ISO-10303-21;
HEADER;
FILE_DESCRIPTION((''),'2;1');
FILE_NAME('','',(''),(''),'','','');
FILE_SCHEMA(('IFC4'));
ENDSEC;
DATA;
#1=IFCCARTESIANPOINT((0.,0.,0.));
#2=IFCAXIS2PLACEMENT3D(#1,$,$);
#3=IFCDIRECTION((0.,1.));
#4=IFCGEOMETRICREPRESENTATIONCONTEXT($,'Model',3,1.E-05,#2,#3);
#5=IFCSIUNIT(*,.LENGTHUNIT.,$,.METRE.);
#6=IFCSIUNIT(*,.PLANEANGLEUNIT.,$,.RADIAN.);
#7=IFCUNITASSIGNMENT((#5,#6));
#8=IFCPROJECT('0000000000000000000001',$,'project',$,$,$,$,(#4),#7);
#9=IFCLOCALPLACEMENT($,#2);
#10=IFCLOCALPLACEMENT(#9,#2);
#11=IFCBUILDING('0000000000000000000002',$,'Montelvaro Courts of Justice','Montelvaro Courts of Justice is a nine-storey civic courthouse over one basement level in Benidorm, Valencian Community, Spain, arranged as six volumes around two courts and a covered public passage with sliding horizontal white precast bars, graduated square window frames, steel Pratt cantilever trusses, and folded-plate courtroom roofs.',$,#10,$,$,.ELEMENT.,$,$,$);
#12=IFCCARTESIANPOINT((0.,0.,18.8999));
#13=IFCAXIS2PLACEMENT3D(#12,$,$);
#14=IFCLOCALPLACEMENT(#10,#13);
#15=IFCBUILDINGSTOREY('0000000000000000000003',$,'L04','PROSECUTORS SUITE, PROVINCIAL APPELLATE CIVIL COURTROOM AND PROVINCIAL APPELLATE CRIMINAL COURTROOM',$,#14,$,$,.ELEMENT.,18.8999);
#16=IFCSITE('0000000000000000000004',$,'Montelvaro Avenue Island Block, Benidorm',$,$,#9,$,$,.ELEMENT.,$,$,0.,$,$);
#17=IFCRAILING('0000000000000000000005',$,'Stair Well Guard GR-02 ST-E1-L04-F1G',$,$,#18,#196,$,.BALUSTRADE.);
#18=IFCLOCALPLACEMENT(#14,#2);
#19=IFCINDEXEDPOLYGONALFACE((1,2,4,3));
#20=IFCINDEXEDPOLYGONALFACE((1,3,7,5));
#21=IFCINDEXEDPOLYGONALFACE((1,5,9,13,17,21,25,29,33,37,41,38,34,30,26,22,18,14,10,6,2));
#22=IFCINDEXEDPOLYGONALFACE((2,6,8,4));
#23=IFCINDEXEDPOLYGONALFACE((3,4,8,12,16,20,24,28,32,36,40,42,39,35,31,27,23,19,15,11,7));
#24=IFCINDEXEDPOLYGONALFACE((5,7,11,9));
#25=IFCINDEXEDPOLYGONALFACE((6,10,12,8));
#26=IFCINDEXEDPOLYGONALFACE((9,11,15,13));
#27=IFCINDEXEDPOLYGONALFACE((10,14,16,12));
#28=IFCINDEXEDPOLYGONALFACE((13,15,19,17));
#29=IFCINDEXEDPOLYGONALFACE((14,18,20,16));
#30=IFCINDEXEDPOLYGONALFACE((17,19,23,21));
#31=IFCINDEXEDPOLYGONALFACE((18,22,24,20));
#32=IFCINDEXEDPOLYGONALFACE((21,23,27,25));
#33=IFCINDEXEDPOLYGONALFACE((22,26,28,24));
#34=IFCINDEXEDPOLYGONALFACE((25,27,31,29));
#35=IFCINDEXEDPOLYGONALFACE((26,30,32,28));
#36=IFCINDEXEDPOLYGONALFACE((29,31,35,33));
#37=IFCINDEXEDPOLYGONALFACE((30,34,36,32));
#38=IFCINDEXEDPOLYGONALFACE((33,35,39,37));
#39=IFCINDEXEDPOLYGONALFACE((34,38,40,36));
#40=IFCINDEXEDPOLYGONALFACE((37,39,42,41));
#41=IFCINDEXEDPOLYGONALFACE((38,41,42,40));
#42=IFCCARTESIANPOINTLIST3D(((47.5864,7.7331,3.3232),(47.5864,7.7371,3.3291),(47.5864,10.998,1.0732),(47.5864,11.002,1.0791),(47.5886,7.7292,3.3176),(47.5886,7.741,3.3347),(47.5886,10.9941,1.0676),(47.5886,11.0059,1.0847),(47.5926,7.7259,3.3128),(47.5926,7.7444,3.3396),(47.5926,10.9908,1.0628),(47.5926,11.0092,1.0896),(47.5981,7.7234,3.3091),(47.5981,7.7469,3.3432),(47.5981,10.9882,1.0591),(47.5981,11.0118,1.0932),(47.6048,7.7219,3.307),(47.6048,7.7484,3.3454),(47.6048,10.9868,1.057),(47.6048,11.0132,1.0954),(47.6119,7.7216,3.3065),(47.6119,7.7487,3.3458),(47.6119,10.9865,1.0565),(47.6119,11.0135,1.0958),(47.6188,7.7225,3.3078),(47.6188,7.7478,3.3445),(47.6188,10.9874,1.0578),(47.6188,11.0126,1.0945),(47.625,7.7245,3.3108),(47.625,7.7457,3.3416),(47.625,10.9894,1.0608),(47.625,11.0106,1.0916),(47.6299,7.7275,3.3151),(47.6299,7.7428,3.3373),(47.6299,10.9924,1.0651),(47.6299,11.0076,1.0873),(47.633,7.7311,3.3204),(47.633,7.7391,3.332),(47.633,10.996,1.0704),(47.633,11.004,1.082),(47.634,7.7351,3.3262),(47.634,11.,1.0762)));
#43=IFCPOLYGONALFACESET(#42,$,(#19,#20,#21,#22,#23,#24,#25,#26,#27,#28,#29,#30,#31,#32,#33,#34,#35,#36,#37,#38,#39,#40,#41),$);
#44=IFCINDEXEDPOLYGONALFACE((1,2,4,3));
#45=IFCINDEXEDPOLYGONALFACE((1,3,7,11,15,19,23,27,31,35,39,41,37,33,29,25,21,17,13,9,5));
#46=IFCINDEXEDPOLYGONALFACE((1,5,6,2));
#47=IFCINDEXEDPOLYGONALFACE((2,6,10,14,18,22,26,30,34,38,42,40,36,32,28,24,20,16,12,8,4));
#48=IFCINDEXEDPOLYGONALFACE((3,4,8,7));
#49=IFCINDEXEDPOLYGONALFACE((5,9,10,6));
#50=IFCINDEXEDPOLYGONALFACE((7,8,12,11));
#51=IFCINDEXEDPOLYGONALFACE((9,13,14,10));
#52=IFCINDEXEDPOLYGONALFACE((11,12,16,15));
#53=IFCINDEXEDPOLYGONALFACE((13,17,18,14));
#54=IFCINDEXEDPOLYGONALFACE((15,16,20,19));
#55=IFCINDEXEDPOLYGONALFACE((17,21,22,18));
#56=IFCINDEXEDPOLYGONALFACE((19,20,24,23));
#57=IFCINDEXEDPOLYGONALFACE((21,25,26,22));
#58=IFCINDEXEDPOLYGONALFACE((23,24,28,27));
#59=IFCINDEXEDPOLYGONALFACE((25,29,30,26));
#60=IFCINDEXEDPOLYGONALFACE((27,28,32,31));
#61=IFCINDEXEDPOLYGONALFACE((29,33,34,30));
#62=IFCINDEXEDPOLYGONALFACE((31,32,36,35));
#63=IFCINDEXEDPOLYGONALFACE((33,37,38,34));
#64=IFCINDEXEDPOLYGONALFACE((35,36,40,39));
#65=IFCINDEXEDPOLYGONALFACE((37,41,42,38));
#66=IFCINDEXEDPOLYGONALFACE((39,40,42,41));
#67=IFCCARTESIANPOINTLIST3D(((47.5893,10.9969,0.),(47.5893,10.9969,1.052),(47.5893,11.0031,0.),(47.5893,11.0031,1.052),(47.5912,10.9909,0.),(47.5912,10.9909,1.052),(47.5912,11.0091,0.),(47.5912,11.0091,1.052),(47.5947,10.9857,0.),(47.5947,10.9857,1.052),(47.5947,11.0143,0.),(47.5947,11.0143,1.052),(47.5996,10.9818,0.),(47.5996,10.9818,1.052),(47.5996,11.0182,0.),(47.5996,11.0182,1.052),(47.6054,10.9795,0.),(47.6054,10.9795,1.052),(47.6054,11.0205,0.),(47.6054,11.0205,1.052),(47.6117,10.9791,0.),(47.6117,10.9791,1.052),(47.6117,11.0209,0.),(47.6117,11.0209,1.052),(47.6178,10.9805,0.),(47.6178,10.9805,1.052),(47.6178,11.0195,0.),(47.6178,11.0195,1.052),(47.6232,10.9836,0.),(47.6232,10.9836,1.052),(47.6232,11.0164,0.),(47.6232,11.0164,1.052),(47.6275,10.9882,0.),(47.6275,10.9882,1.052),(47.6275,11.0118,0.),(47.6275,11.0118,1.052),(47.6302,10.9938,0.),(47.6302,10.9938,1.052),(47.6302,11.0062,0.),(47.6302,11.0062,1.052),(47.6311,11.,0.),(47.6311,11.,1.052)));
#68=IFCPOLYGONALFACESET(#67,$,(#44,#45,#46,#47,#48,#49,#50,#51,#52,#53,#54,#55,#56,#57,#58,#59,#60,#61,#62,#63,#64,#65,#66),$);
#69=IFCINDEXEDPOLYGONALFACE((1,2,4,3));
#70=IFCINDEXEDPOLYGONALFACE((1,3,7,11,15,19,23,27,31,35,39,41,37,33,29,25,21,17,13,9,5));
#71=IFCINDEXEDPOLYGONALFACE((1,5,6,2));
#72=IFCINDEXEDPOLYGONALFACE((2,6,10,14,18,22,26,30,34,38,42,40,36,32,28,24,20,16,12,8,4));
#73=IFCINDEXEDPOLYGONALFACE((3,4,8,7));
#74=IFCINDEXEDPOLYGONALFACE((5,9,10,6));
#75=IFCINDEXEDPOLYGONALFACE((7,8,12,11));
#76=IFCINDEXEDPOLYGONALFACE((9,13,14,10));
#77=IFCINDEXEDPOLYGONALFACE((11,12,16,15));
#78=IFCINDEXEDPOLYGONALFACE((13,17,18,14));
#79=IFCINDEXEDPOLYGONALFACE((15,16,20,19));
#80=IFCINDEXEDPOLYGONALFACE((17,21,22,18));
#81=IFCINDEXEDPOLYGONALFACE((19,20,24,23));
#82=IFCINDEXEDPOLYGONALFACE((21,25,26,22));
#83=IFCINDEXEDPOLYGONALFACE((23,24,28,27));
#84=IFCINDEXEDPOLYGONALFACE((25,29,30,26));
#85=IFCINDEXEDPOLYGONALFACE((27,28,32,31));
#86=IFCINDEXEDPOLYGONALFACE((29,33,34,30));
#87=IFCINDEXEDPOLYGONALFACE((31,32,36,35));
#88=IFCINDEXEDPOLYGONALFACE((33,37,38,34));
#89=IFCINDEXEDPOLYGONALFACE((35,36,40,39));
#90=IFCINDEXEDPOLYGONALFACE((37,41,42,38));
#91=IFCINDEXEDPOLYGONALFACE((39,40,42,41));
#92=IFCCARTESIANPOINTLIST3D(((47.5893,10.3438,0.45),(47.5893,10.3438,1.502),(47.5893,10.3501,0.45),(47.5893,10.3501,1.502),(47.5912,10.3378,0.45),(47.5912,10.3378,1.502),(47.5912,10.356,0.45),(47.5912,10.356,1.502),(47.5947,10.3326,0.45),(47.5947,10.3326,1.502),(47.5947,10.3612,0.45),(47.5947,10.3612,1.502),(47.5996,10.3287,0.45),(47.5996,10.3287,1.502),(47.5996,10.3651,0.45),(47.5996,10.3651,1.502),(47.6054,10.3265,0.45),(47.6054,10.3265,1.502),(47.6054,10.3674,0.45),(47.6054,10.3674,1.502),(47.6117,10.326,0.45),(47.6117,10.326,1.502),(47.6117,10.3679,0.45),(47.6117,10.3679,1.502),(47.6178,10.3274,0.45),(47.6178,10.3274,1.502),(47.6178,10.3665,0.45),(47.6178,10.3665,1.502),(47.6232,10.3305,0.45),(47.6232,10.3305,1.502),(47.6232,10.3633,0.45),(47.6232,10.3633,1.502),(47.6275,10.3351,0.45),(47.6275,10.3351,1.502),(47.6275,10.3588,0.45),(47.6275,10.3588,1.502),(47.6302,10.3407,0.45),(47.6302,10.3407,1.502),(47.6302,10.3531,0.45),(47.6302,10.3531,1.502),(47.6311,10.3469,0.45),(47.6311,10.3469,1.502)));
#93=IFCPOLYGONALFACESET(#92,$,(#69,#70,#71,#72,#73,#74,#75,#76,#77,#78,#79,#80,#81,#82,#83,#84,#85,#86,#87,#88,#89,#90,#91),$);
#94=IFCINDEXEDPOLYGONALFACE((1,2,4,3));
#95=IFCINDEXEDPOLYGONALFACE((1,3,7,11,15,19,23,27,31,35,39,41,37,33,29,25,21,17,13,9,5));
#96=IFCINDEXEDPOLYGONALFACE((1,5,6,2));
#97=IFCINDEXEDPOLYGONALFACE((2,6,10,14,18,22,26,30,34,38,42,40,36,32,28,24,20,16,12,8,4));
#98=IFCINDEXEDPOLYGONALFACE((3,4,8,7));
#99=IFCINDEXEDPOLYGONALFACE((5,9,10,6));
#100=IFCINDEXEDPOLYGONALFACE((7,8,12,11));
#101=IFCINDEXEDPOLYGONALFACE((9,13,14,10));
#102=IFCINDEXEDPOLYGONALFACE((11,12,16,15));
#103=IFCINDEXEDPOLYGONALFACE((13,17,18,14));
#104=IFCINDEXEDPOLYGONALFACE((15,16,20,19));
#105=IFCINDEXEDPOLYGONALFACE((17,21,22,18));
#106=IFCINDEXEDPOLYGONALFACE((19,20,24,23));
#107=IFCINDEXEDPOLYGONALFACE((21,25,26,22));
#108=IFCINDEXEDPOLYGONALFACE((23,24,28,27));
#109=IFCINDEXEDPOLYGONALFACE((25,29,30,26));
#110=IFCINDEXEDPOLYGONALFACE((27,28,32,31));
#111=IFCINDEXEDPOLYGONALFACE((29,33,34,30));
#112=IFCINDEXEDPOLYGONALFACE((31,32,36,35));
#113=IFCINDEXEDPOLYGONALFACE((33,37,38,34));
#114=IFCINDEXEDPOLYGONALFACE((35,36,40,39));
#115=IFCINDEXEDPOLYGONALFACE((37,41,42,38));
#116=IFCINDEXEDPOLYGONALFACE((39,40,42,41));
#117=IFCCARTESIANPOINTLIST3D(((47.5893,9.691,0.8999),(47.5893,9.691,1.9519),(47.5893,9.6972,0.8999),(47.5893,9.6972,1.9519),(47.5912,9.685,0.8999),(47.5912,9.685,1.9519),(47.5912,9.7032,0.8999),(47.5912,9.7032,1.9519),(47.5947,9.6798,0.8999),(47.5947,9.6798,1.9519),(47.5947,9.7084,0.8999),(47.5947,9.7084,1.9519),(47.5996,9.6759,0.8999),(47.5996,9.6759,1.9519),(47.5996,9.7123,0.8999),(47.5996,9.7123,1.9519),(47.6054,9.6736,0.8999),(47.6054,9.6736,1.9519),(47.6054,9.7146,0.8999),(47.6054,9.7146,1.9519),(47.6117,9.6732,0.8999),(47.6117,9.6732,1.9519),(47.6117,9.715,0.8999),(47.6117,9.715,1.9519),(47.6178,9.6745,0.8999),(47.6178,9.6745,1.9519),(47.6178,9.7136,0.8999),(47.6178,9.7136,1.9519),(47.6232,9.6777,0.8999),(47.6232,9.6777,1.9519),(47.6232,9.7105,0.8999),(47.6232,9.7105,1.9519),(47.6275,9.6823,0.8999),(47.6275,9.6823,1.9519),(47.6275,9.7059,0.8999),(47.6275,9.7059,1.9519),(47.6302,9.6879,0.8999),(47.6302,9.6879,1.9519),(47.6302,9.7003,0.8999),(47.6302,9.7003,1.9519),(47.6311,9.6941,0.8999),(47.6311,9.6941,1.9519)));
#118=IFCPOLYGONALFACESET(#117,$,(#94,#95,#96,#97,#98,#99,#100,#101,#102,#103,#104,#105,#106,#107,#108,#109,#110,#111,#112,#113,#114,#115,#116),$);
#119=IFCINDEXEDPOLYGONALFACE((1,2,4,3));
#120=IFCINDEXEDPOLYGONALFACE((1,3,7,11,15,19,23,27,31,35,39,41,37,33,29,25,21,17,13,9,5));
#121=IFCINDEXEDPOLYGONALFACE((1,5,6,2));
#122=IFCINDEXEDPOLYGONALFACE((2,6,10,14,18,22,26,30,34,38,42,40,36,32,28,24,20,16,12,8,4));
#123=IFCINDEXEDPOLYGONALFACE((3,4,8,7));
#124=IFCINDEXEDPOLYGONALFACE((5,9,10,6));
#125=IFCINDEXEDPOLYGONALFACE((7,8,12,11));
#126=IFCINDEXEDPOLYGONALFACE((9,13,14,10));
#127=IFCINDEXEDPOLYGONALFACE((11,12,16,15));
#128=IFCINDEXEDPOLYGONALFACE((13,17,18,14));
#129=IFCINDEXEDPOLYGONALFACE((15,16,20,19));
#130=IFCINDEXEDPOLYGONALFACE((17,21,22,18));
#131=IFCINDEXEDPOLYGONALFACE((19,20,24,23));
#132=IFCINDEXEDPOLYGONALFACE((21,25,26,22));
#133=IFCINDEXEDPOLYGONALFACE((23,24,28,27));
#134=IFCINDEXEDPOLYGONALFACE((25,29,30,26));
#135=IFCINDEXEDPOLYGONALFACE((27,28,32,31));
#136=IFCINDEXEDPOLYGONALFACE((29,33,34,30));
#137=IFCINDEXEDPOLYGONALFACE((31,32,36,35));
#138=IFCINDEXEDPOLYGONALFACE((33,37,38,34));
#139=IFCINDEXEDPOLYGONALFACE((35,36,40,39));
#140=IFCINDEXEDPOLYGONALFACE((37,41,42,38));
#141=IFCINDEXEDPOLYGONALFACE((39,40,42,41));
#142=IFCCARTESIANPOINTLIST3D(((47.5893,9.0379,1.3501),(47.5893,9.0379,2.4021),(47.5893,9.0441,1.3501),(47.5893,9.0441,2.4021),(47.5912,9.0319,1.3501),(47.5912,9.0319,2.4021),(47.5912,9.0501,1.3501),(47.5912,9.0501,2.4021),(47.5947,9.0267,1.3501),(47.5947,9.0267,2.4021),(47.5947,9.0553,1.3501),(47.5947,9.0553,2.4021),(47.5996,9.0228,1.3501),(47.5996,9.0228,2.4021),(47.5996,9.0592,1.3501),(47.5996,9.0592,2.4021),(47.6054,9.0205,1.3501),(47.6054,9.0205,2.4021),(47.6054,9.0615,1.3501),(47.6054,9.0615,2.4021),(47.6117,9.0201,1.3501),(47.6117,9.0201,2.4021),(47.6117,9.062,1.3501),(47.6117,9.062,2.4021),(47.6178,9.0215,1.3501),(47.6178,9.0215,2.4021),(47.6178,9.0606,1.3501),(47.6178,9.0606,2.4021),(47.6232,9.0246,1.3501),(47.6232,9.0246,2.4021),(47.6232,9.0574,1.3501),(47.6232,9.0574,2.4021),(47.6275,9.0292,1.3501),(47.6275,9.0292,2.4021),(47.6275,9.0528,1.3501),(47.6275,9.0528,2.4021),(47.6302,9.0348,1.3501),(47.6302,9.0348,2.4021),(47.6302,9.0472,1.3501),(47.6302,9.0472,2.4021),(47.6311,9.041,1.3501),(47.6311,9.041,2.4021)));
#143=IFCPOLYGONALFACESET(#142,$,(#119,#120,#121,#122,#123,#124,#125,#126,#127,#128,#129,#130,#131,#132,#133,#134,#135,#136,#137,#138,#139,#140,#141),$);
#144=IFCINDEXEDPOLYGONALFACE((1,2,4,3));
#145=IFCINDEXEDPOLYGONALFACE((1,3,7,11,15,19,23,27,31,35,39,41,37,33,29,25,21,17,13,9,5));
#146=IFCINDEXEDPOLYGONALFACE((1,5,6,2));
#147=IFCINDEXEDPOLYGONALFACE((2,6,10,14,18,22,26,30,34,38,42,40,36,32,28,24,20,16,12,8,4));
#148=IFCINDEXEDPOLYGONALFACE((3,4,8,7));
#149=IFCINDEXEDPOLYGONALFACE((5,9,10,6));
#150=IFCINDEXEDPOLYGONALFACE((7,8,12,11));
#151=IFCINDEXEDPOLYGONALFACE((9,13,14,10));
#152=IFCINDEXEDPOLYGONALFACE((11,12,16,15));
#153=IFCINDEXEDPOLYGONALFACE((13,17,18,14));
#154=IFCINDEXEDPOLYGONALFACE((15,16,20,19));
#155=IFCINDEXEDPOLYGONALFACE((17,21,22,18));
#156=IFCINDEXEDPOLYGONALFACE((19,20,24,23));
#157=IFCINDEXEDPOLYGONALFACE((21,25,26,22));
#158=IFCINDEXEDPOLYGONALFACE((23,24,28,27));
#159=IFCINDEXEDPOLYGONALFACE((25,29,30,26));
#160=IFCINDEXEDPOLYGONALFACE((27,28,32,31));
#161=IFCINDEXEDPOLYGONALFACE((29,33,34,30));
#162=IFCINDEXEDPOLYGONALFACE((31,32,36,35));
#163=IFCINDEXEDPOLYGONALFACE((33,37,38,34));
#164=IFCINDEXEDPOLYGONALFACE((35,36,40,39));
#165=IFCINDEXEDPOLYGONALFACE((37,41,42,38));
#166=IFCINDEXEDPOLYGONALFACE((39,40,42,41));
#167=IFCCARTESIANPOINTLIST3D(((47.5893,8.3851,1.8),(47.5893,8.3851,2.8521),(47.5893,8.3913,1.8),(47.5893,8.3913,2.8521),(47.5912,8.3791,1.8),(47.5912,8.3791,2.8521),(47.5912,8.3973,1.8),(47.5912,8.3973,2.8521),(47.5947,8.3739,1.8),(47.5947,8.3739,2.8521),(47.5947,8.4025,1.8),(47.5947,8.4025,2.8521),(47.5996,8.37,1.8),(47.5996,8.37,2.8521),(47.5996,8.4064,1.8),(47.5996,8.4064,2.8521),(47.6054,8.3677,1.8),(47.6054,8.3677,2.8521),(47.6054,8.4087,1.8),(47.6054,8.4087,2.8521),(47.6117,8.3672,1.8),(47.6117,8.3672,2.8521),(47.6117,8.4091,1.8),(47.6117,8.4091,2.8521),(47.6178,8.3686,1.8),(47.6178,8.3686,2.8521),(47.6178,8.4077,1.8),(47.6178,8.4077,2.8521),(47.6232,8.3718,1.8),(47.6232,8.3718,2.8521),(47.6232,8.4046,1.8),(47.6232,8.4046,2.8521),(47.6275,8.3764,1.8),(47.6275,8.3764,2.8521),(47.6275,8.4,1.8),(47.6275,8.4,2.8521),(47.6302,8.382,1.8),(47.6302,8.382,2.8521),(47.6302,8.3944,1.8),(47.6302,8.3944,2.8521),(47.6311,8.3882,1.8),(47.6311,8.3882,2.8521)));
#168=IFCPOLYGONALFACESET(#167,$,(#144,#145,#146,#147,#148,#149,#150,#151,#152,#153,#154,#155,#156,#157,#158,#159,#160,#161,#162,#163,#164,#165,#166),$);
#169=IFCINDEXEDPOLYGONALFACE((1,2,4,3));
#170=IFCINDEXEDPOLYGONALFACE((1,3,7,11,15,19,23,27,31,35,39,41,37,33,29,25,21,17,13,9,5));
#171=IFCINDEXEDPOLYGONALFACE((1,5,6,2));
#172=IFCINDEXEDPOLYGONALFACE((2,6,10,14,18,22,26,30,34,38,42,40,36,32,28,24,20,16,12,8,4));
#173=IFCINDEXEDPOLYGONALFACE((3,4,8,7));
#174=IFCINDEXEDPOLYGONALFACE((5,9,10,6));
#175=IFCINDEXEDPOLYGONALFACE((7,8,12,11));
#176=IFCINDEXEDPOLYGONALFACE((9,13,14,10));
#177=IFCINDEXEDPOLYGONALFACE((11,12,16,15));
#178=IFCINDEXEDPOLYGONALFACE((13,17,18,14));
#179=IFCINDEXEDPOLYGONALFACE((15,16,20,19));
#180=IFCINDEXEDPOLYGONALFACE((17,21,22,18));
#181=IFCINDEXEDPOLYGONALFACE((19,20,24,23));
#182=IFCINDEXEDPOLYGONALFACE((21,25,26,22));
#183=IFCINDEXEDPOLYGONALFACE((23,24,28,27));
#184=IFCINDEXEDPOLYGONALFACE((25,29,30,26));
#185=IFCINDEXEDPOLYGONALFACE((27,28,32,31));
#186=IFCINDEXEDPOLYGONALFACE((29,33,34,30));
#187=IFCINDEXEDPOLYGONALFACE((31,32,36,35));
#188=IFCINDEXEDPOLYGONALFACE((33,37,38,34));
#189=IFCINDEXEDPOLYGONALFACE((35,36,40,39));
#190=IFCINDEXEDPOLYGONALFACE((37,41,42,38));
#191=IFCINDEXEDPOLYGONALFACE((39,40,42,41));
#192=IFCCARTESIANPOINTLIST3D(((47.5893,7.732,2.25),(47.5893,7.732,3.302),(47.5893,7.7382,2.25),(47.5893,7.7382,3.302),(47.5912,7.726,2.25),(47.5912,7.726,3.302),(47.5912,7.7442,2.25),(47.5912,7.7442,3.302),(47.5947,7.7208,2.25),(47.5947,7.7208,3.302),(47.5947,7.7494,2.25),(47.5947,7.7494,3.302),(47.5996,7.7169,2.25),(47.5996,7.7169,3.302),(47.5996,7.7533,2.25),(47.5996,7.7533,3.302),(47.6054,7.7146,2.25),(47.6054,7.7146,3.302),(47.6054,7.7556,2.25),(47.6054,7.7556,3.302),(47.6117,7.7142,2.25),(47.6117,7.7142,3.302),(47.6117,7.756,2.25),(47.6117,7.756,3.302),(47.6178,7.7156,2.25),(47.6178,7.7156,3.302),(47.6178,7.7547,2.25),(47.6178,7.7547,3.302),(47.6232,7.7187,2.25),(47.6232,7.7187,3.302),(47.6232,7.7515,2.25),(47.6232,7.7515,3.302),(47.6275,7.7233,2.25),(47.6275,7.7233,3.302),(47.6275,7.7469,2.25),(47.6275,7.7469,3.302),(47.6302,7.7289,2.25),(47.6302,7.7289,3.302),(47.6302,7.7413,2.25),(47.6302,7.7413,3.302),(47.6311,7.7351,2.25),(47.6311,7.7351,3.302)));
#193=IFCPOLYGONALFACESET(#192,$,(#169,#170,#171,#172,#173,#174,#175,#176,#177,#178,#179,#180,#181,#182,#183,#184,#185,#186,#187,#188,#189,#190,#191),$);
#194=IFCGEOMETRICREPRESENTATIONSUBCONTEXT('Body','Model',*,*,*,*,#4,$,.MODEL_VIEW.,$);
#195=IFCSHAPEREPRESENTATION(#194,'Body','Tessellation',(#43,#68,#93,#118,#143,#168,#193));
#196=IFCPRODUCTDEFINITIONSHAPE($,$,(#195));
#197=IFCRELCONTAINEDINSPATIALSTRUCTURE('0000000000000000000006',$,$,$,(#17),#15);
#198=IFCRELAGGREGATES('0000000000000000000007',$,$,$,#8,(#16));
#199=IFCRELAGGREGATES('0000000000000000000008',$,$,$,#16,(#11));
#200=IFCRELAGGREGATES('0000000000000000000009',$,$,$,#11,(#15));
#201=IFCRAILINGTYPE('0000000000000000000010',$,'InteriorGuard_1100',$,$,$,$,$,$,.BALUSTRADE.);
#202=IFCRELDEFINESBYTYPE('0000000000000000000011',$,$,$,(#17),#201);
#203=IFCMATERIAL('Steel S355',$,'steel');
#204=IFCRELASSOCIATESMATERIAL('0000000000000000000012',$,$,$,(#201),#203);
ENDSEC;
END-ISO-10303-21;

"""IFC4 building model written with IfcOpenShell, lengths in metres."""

from ifc_helpers import new_model, si_unit, direction, frame, origin, origin_2d, place, context, subcontext, project, spatial, circle, extrude, material, type_object, element, save


model = new_model("IFC4")

# Units and contexts
model_context = context("Model", 3, precision=1e-05, world=origin(), true_north=direction((0.0, 1.0)))
body_context = subcontext(model_context, "Body", "Model", "MODEL_VIEW")
ifc_project = project(units=[si_unit("LENGTHUNIT", "METRE"), si_unit("PLANEANGLEUNIT", "RADIAN")], contexts=[model_context])

# Site, building, storey
site_placement = place(None, origin())
site = spatial("IfcSite", under=ifc_project, at=site_placement, Name="Montelvaro Avenue Island Block, Benidorm", CompositionType="ELEMENT", RefElevation=0.0)
building_placement = place(site_placement, origin())
building = spatial("IfcBuilding", under=site, at=building_placement, Name="Montelvaro Courts of Justice", Description="Montelvaro Courts of Justice is a nine-storey civic courthouse over one basement level in Benidorm, Valencian Community, Spain, arranged as six volumes around two courts and a covered public passage with sliding horizontal white precast bars, graduated square window frames, steel Pratt cantilever trusses, and folded-plate courtroom roofs.", CompositionType="ELEMENT")
storey_placement = place(building_placement, frame((0.0, 0.0, 18.8999)))
storey = spatial("IfcBuildingStorey", under=building, at=storey_placement, Name="L04", Description="PROSECUTORS SUITE, PROVINCIAL APPELLATE CIVIL COURTROOM AND PROVINCIAL APPELLATE CRIMINAL COURTROOM", CompositionType="ELEMENT", Elevation=18.8999)

# Shared definitions
ifc_material_1 = material(Name="Steel S355", Category="steel")

# Railing
railing_type_1 = type_object("IfcRailingType", Name="InteriorGuard_1100", PredefinedType="BALUSTRADE", material=ifc_material_1)
railing_1_placement = place(storey_placement, frame((47.6101, 11.0, 0.0)))
element("IfcRailing", 1, at=railing_1_placement, inside=storey, type_object=railing_type_1, Name="Stair Well Guard GR-02 ST-E1-L04-F1G", PredefinedType="BALUSTRADE", context=body_context, shape_type="SweptSolid", body=[
    extrude(circle(Radius=0.0239, at=origin_2d()), frame((0.0, 0.0, 1.0762), z_axis=(0.0, -0.823407, 0.567451), x_axis=(1.0, 0.0, 0.0)), (0.0, 0.0, 1.0), 3.9651),
    extrude(circle(Radius=0.021, at=origin_2d()), origin(), (0.0, 0.0, 1.0), 1.052),
    extrude(circle(Radius=0.021, at=origin_2d()), frame((0.0, -0.6531, 0.45)), (0.0, 0.0, 1.0), 1.052),
    extrude(circle(Radius=0.021, at=origin_2d()), frame((0.0, -1.3059, 0.8999)), (0.0, 0.0, 1.0), 1.052),
    extrude(circle(Radius=0.021, at=origin_2d()), frame((0.0, -1.959, 1.3501)), (0.0, 0.0, 1.0), 1.052),
    extrude(circle(Radius=0.021, at=origin_2d()), frame((0.0, -2.6118, 1.8)), (0.0, 0.0, 1.0), 1.052),
    extrude(circle(Radius=0.021, at=origin_2d()), frame((0.0, -3.2649, 2.25)), (0.0, 0.0, 1.0), 1.052),
])

save(model, "model.ifc")
